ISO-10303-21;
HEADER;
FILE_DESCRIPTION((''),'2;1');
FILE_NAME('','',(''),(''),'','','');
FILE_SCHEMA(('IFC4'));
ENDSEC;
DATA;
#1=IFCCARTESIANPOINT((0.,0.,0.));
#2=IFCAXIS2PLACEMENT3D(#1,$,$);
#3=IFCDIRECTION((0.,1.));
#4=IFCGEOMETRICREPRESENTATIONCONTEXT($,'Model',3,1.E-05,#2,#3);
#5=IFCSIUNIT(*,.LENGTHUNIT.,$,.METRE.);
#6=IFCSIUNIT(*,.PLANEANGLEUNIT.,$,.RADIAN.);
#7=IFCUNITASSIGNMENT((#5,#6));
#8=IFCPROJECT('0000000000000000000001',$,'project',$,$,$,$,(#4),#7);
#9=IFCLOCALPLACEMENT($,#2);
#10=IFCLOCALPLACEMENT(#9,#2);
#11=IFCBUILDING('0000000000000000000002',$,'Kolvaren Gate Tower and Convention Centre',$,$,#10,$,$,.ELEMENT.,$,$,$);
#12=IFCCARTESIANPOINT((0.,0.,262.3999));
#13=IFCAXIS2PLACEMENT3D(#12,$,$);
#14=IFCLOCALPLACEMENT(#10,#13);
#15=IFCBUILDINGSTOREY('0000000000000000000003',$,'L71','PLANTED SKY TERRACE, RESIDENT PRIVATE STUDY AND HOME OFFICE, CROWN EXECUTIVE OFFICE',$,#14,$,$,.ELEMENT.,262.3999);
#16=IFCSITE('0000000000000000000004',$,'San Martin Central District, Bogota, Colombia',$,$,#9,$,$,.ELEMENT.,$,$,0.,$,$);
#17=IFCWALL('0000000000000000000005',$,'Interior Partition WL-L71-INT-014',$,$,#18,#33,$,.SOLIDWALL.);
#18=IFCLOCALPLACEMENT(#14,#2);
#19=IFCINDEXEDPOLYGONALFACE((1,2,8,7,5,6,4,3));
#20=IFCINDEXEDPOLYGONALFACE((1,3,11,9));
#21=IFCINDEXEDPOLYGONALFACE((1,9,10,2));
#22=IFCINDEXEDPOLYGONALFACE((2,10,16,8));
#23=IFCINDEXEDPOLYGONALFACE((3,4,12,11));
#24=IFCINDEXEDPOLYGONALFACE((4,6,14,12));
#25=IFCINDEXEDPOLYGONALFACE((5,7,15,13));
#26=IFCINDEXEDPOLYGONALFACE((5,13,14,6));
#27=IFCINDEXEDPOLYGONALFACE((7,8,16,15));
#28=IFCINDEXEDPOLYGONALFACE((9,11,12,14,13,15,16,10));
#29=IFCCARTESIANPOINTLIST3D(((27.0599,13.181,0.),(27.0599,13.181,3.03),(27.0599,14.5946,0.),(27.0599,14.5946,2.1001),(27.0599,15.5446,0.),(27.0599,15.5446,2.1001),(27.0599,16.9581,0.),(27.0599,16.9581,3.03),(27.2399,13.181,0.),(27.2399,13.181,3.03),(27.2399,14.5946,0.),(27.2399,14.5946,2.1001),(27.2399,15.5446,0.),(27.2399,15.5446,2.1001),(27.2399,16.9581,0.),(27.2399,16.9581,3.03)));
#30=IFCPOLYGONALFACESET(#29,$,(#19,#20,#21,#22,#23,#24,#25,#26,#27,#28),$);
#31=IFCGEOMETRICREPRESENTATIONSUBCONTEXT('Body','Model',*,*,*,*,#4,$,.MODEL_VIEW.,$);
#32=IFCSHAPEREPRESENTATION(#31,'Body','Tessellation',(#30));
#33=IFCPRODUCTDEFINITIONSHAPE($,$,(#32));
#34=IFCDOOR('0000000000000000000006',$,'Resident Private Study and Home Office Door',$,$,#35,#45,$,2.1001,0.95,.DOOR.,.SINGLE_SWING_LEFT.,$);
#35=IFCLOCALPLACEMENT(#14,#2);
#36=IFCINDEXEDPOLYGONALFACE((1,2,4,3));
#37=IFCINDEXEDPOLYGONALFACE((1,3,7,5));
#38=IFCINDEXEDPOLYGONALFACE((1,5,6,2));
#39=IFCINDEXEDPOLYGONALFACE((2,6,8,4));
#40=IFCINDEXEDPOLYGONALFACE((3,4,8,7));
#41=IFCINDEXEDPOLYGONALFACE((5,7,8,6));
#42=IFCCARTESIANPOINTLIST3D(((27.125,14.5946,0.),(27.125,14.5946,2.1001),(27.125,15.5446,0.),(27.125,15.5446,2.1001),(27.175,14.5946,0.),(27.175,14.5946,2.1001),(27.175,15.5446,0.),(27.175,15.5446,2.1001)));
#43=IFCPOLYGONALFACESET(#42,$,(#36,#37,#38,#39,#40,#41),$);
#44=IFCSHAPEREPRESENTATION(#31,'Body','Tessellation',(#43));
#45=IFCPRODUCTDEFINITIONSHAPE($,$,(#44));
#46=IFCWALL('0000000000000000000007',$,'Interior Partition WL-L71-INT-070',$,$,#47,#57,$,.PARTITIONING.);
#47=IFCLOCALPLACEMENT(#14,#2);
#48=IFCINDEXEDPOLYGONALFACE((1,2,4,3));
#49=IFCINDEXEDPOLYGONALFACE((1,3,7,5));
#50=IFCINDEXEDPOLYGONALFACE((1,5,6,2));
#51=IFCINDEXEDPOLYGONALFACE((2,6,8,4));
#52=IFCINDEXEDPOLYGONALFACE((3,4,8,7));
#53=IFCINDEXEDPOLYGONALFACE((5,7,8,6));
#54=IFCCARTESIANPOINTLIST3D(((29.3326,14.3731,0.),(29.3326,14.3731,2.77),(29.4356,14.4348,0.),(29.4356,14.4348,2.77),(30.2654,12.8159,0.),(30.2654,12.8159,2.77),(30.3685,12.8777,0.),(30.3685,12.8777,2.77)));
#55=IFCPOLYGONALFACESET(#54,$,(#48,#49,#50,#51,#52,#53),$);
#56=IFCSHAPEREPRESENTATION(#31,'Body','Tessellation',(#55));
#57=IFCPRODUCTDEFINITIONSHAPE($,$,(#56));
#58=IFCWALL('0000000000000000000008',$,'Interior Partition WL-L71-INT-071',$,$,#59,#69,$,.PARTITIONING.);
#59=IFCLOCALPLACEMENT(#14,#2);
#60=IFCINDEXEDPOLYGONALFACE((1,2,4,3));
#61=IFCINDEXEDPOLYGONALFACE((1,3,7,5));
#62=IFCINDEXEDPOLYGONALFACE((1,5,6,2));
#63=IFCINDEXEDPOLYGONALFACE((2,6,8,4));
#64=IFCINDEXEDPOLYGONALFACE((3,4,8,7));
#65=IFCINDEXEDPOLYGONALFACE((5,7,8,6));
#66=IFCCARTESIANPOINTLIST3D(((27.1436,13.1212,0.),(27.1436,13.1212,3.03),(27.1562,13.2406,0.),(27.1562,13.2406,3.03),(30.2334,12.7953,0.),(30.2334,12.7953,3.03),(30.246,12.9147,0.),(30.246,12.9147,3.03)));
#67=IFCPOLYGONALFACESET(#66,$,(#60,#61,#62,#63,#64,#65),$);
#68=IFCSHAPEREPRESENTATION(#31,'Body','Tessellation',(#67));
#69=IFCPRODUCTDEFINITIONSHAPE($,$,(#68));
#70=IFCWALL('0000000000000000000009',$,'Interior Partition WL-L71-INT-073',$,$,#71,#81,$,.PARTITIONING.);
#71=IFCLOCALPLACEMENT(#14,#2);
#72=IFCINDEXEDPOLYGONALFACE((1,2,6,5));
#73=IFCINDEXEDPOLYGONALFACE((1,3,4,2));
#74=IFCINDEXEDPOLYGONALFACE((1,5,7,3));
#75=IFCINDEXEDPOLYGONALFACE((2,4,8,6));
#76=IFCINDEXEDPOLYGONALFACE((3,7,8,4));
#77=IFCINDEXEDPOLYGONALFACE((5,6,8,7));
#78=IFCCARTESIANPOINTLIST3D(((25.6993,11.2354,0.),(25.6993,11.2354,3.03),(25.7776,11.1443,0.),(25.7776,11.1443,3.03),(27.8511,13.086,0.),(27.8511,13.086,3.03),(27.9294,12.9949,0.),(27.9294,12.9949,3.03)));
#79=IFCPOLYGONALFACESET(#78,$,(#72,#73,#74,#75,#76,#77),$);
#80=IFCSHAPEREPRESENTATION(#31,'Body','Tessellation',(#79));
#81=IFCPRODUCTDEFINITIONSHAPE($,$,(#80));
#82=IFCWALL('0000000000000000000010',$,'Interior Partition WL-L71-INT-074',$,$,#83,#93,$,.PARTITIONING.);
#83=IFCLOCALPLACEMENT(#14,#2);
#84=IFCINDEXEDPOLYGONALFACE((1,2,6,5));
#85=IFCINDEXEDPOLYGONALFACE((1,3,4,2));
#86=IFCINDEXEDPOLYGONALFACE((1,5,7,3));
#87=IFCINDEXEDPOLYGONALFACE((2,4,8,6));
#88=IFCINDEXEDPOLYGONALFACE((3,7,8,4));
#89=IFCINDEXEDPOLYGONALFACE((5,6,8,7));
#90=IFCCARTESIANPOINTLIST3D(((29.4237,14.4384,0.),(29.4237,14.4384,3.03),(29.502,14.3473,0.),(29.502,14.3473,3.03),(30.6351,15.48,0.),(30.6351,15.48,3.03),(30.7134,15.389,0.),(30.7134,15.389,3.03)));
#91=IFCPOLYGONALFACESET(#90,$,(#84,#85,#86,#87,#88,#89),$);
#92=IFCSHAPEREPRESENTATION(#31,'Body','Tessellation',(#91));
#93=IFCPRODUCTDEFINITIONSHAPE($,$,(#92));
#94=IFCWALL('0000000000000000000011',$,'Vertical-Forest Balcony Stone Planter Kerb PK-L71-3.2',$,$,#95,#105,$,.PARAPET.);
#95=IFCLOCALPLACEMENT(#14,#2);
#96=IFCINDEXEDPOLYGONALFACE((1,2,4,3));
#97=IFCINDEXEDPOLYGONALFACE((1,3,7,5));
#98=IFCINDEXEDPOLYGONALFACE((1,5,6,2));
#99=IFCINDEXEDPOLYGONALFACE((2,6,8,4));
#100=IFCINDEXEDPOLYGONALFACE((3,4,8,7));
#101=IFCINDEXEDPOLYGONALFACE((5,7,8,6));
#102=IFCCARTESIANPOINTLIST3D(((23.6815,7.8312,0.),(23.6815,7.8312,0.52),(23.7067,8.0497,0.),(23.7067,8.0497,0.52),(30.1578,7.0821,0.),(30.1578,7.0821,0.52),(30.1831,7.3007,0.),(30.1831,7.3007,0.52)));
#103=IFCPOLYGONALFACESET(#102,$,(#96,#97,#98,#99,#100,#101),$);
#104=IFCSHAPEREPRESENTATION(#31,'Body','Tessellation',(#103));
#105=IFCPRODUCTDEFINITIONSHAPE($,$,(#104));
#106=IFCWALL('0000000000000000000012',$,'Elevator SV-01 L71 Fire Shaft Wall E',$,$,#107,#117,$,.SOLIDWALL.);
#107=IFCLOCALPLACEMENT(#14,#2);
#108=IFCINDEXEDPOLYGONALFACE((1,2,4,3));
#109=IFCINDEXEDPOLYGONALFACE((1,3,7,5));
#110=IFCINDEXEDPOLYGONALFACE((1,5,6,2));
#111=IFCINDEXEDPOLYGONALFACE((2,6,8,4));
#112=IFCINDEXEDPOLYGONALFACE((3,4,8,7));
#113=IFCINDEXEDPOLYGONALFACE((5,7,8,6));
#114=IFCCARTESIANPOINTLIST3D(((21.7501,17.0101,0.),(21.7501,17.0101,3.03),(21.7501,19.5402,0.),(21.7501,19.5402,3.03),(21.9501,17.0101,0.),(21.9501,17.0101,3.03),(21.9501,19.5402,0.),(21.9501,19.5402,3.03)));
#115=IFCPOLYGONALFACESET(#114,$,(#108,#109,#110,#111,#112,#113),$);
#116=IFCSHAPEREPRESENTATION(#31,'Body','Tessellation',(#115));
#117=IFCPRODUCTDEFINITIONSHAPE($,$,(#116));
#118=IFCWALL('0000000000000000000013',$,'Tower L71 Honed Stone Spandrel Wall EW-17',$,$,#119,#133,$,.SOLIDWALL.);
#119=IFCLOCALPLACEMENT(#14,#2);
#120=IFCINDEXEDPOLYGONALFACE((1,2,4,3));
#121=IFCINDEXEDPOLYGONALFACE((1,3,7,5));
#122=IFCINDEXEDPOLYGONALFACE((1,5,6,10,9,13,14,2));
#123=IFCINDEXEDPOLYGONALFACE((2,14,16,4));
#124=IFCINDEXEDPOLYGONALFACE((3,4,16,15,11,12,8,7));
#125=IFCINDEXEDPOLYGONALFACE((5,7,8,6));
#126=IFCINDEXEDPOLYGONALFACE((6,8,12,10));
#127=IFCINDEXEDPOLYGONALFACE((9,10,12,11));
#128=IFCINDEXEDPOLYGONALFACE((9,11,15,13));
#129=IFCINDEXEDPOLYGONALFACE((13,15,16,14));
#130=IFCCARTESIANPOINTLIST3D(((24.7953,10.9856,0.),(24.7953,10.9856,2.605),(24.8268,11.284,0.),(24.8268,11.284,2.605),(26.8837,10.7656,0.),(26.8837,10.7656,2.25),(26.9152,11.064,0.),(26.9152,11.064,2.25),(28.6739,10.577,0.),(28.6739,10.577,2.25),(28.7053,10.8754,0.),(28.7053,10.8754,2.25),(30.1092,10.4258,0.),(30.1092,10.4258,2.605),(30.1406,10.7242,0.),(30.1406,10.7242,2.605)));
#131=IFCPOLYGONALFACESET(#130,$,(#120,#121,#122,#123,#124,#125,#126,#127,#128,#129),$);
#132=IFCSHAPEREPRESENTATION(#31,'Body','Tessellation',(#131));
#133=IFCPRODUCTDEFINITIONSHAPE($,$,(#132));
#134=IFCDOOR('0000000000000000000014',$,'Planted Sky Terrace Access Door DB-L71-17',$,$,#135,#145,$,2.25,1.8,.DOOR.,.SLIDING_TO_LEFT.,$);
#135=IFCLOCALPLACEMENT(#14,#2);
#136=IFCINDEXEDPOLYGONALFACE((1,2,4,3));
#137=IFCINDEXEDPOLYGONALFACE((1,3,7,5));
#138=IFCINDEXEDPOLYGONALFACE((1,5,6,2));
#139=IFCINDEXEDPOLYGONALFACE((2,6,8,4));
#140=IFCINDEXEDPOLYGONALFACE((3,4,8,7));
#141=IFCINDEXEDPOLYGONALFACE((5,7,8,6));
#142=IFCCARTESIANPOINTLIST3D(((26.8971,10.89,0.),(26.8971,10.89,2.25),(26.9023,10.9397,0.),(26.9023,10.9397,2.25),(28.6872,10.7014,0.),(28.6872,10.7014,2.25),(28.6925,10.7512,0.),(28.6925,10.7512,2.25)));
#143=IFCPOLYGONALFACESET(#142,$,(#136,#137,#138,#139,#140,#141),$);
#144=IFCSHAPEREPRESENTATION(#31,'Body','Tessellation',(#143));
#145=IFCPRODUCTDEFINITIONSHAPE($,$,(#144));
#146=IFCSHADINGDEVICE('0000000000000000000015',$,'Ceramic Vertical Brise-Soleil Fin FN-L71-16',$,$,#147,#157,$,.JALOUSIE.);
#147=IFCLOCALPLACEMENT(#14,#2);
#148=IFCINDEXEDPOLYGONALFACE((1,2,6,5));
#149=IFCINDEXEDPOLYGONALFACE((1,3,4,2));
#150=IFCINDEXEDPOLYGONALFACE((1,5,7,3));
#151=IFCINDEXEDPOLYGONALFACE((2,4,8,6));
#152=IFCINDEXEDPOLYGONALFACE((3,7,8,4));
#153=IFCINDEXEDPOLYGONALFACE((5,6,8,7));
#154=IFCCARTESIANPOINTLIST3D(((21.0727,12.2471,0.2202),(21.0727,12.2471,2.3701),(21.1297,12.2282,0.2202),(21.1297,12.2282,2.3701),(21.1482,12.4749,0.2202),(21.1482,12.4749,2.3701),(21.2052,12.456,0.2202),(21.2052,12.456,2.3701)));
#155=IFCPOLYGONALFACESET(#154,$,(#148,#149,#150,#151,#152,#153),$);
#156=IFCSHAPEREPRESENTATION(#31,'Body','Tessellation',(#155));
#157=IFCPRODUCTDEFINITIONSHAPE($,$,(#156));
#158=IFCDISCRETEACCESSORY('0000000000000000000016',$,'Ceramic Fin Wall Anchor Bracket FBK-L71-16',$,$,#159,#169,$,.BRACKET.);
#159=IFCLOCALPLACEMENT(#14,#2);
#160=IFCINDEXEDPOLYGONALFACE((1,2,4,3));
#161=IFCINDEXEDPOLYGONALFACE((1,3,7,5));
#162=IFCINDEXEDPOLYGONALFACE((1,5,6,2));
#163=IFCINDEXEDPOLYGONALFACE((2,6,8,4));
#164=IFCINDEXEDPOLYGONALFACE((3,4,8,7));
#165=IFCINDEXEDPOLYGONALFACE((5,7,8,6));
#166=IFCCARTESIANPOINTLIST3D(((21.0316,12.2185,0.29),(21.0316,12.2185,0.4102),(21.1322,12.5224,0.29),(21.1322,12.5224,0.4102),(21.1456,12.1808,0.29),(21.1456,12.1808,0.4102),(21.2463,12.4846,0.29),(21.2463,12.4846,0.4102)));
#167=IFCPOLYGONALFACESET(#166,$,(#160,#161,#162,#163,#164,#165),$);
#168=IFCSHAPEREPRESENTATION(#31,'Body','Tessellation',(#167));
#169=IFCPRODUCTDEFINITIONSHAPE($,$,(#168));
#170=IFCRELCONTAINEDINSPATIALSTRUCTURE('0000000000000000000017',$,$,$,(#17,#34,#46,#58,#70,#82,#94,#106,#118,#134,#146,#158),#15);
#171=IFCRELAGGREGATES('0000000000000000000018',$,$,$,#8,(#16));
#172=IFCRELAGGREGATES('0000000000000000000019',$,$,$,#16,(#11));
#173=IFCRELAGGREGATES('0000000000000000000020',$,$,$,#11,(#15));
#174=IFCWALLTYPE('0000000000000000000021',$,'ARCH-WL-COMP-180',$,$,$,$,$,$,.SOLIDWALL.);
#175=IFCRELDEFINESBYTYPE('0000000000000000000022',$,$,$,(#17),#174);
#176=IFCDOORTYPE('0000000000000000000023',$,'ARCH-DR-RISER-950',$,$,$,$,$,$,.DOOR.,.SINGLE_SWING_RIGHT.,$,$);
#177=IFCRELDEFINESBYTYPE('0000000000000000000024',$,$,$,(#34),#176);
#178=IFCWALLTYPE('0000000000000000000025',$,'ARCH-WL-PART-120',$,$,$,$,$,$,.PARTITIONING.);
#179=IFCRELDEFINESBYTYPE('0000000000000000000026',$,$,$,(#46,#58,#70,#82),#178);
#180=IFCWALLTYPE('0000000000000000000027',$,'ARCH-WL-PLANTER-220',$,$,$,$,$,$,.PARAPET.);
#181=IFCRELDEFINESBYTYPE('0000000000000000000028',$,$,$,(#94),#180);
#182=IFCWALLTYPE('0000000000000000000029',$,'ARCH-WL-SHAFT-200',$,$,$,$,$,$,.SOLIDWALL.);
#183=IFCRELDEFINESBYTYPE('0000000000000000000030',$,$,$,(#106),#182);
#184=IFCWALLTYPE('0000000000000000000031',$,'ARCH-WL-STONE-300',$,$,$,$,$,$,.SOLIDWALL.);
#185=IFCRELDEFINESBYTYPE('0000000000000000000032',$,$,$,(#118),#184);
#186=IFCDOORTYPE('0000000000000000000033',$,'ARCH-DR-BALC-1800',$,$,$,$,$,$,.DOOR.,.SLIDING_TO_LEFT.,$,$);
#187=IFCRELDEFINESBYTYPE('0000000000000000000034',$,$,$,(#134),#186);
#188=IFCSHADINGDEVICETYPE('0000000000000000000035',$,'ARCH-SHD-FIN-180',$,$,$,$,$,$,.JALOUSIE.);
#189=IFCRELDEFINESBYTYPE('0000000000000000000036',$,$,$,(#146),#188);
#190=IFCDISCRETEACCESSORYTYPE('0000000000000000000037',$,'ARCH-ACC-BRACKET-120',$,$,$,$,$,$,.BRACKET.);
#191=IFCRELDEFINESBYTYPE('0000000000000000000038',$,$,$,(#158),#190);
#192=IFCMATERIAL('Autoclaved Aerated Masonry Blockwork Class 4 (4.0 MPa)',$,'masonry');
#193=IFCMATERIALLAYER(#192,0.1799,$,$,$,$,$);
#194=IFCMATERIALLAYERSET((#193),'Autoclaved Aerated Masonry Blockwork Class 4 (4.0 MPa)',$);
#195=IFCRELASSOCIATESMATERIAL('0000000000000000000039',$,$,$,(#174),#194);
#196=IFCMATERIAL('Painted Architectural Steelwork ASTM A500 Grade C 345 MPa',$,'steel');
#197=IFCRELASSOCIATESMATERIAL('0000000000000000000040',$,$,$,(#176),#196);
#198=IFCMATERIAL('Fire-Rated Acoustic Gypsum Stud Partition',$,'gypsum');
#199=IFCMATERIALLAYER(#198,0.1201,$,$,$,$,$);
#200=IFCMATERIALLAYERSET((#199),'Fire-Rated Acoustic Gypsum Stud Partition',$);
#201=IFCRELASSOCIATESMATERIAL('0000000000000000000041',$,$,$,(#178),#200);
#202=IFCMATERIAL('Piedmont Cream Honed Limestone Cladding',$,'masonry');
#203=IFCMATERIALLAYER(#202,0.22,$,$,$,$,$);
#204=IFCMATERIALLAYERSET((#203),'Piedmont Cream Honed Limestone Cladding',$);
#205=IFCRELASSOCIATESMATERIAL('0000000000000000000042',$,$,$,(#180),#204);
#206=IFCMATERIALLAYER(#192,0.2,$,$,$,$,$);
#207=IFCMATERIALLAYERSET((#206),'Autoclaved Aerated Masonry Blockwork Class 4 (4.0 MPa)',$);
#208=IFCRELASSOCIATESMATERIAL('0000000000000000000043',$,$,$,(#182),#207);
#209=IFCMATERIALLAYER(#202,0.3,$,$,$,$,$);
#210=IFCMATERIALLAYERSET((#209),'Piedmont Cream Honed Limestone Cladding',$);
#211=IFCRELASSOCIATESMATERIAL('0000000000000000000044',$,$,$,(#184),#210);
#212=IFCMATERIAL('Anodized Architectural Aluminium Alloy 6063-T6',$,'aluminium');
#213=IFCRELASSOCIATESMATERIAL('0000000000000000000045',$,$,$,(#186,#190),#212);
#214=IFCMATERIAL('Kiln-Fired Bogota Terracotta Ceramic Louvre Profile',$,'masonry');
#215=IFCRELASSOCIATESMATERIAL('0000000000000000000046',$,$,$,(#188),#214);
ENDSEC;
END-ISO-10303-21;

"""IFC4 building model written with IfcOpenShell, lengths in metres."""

from ifc_helpers import new_model, si_unit, direction, frame, frame_2d, origin, origin_2d, place, context, subcontext, project, spatial, rectangle, extrude, material, layer, layer_set, type_object, element, fill, save


model = new_model("IFC4")

# Units and contexts
model_context = context("Model", 3, precision=1e-05, world=origin(), true_north=direction((0.0, 1.0)))
body_context = subcontext(model_context, "Body", "Model", "MODEL_VIEW")
ifc_project = project(units=[si_unit("LENGTHUNIT", "METRE"), si_unit("PLANEANGLEUNIT", "RADIAN")], contexts=[model_context])

# Site, building, storey
site_placement = place(None, origin())
site = spatial("IfcSite", under=ifc_project, at=site_placement, Name="San Martin Central District, Bogota, Colombia", CompositionType="ELEMENT", RefElevation=0.0)
building_placement = place(site_placement, origin())
building = spatial("IfcBuilding", under=site, at=building_placement, Name="Kolvaren Gate Tower and Convention Centre", CompositionType="ELEMENT")
storey_placement = place(building_placement, frame((0.0, 0.0, 262.3999)))
storey = spatial("IfcBuildingStorey", under=building, at=storey_placement, Name="L71", Description="PLANTED SKY TERRACE, RESIDENT PRIVATE STUDY AND HOME OFFICE, CROWN EXECUTIVE OFFICE", CompositionType="ELEMENT", Elevation=262.3999)

# Wall, opening, door
ifc_material_1 = material(Name="Autoclaved Aerated Masonry Blockwork Class 4 (4.0 MPa)", Category="masonry")
ifc_layer_1 = layer(ifc_material_1, 0.1799)
ifc_layer_set_1 = layer_set([ifc_layer_1], Name="Autoclaved Aerated Masonry Blockwork Class 4 (4.0 MPa)")
wall_type_1 = type_object("IfcWallType", Name="ARCH-WL-COMP-180", PredefinedType="SOLIDWALL", material=ifc_layer_set_1)
wall_1_placement = place(storey_placement, frame((27.1499, 13.1809, 0.0), z_axis=(0.0, 0.0, 1.0), x_axis=(0.0, 1.0, 0.0)))
wall_1 = element("IfcWall", 1, at=wall_1_placement, inside=storey, type_object=wall_type_1, Name="Interior Partition WL-L71-INT-014", PredefinedType="SOLIDWALL", context=body_context, shape_type="SweptSolid", body=[
    extrude(rectangle(XDim=3.7771, YDim=0.1799, at=frame_2d((1.8887, 0.0))), origin(), (0.0, 0.0, 1.0), 3.03),
])
opening_1_placement = place(wall_1_placement, frame((1.4136, 0.0, 0.0)))
opening_1 = element("IfcOpeningElement", 2, at=opening_1_placement, cuts=wall_1, PredefinedType="OPENING", context=body_context, shape_type="SweptSolid", body=[
    extrude(rectangle(XDim=0.95, YDim=2.1001, at=frame_2d((0.4751, 1.05))), frame((0.0, 0.0999, 0.0), z_axis=(0.0, -1.0, 0.0), x_axis=(1.0, 0.0, 0.0)), (0.0, 0.0, 1.0), 0.2),
])
ifc_material_2 = material(Name="Painted Architectural Steelwork ASTM A500 Grade C 345 MPa", Category="steel")
door_type_1 = type_object("IfcDoorType", Name="ARCH-DR-RISER-950", OperationType="SINGLE_SWING_RIGHT", PredefinedType="DOOR", material=ifc_material_2)
door_1_placement = place(opening_1_placement, origin())
door_1 = element("IfcDoor", 3, at=door_1_placement, inside=storey, type_object=door_type_1, Name="Resident Private Study and Home Office Door", OperationType="SINGLE_SWING_LEFT", OverallHeight=2.1001, OverallWidth=0.95, PredefinedType="DOOR", context=body_context, shape_type="SweptSolid", body=[
    extrude(rectangle(XDim=0.95, YDim=2.1001, at=frame_2d((0.4751, 1.05))), frame((0.0, 0.0249, 0.0), z_axis=(0.0, -1.0, 0.0), x_axis=(1.0, 0.0, 0.0)), (0.0, 0.0, 1.0), 0.05),
])
fill(opening_1, door_1)

# Walls
ifc_material_3 = material(Name="Fire-Rated Acoustic Gypsum Stud Partition", Category="gypsum")
ifc_layer_2 = layer(ifc_material_3, 0.1201)
ifc_layer_set_2 = layer_set([ifc_layer_2], Name="Fire-Rated Acoustic Gypsum Stud Partition")
wall_type_2 = type_object("IfcWallType", Name="ARCH-WL-PART-120", PredefinedType="PARTITIONING", material=ifc_layer_set_2)
wall_2_placement = place(storey_placement, frame((29.384, 14.4041, 0.0), z_axis=(0.0, 0.0, 1.0), x_axis=(0.513922, -0.857837, 0.0)))
element("IfcWall", 4, at=wall_2_placement, inside=storey, type_object=wall_type_2, Name="Interior Partition WL-L71-INT-070", PredefinedType="PARTITIONING", context=body_context, shape_type="SweptSolid", body=[
    extrude(rectangle(XDim=1.8152, YDim=0.1201, at=frame_2d((0.9077, 0.0))), origin(), (0.0, 0.0, 1.0), 2.77),
])
wall_3_placement = place(storey_placement, frame((27.1499, 13.1809, 0.0), z_axis=(0.0, 0.0, 1.0), x_axis=(0.994483, -0.104902, 0.0)))
element("IfcWall", 5, at=wall_3_placement, inside=storey, type_object=wall_type_2, Name="Interior Partition WL-L71-INT-071", PredefinedType="PARTITIONING", context=body_context, shape_type="SweptSolid", body=[
    extrude(rectangle(XDim=3.1069, YDim=0.1201, at=frame_2d((1.5535, 0.0))), origin(), (0.0, 0.0, 1.0), 3.03),
])
wall_4_placement = place(storey_placement, frame((25.7385, 11.1899, 0.0), z_axis=(0.0, 0.0, 1.0), x_axis=(0.758187, 0.652037, 0.0)))
element("IfcWall", 6, at=wall_4_placement, inside=storey, type_object=wall_type_2, Name="Interior Partition WL-L71-INT-073", PredefinedType="PARTITIONING", context=body_context, shape_type="SweptSolid", body=[
    extrude(rectangle(XDim=2.8381, YDim=0.1201, at=frame_2d((1.4189, 0.0))), origin(), (0.0, 0.0, 1.0), 3.03),
])
wall_5_placement = place(storey_placement, frame((29.4629, 14.3928, 0.0), z_axis=(0.0, 0.0, 1.0), x_axis=(0.758209, 0.652011, 0.0)))
element("IfcWall", 7, at=wall_5_placement, inside=storey, type_object=wall_type_2, Name="Interior Partition WL-L71-INT-074", PredefinedType="PARTITIONING", context=body_context, shape_type="SweptSolid", body=[
    extrude(rectangle(XDim=1.5977, YDim=0.1201, at=frame_2d((0.7988, 0.0))), origin(), (0.0, 0.0, 1.0), 3.03),
])
ifc_material_4 = material(Name="Piedmont Cream Honed Limestone Cladding", Category="masonry")
ifc_layer_3 = layer(ifc_material_4, 0.22)
ifc_layer_set_3 = layer_set([ifc_layer_3], Name="Piedmont Cream Honed Limestone Cladding")
wall_type_3 = type_object("IfcWallType", Name="ARCH-WL-PLANTER-220", PredefinedType="PARAPET", material=ifc_layer_set_3)
wall_6_placement = place(storey_placement, frame((23.6941, 7.9404, 0.0), z_axis=(0.0, 0.0, 1.0), x_axis=(0.993378, -0.11489, 0.0)))
element("IfcWall", 8, at=wall_6_placement, inside=storey, type_object=wall_type_3, Name="Vertical-Forest Balcony Stone Planter Kerb PK-L71-3.2", PredefinedType="PARAPET", context=body_context, shape_type="SweptSolid", body=[
    extrude(rectangle(XDim=6.5195, YDim=0.22, at=frame_2d((3.2598, 0.0))), origin(), (0.0, 0.0, 1.0), 0.52),
])
ifc_layer_4 = layer(ifc_material_1, 0.2)
ifc_layer_set_4 = layer_set([ifc_layer_4], Name="Autoclaved Aerated Masonry Blockwork Class 4 (4.0 MPa)")
wall_type_4 = type_object("IfcWallType", Name="ARCH-WL-SHAFT-200", PredefinedType="SOLIDWALL", material=ifc_layer_set_4)
wall_7_placement = place(storey_placement, frame((21.8501, 17.01, 0.0), z_axis=(0.0, 0.0, 1.0), x_axis=(0.0, 1.0, 0.0)))
element("IfcWall", 9, at=wall_7_placement, inside=storey, type_object=wall_type_4, Name="Elevator SV-01 L71 Fire Shaft Wall E", PredefinedType="SOLIDWALL", context=body_context, shape_type="SweptSolid", body=[
    extrude(rectangle(XDim=2.53, YDim=0.2, at=frame_2d((1.2651, 0.0))), origin(), (0.0, 0.0, 1.0), 3.03),
])

# Wall, opening, door
ifc_layer_5 = layer(ifc_material_4, 0.3)
ifc_layer_set_5 = layer_set([ifc_layer_5], Name="Piedmont Cream Honed Limestone Cladding")
wall_type_5 = type_object("IfcWallType", Name="ARCH-WL-STONE-300", PredefinedType="SOLIDWALL", material=ifc_layer_set_5)
wall_8_placement = place(storey_placement, frame((24.811, 11.1348, 0.0), z_axis=(0.0, 0.0, 1.0), x_axis=(0.994497, -0.104768, 0.0)))
wall_8 = element("IfcWall", 10, at=wall_8_placement, inside=storey, type_object=wall_type_5, Name="Tower L71 Honed Stone Spandrel Wall EW-17", PredefinedType="SOLIDWALL", context=body_context, shape_type="SweptSolid", body=[
    extrude(rectangle(XDim=5.3433, YDim=0.3, at=frame_2d((2.6716, 0.0))), origin(), (0.0, 0.0, 1.0), 2.605),
])
opening_2_placement = place(wall_8_placement, frame((2.1001, 0.0, 0.0)))
opening_2 = element("IfcOpeningElement", 11, at=opening_2_placement, cuts=wall_8, PredefinedType="OPENING", context=body_context, shape_type="SweptSolid", body=[
    extrude(rectangle(XDim=1.8, YDim=2.25, at=frame_2d((0.8999, 1.125))), frame((0.0, 0.1599, 0.0), z_axis=(0.0, -1.0, 0.0), x_axis=(1.0, 0.0, 0.0)), (0.0, 0.0, 1.0), 0.3201),
])
ifc_material_5 = material(Name="Anodized Architectural Aluminium Alloy 6063-T6", Category="aluminium")
door_type_2 = type_object("IfcDoorType", Name="ARCH-DR-BALC-1800", OperationType="SLIDING_TO_LEFT", PredefinedType="DOOR", material=ifc_material_5)
door_2_placement = place(opening_2_placement, frame((1.8, 0.0, 0.0), z_axis=(0.0, 0.0, 1.0), x_axis=(-1.0, 0.0, 0.0)))
door_2 = element("IfcDoor", 12, at=door_2_placement, inside=storey, type_object=door_type_2, Name="Planted Sky Terrace Access Door DB-L71-17", OperationType="SLIDING_TO_LEFT", OverallHeight=2.25, OverallWidth=1.8, PredefinedType="DOOR", context=body_context, shape_type="SweptSolid", body=[
    extrude(rectangle(XDim=1.8, YDim=2.25, at=frame_2d((0.8999, 1.125))), frame((0.0, 0.0249, 0.0), z_axis=(0.0, -1.0, 0.0), x_axis=(1.0, 0.0, 0.0)), (0.0, 0.0, 1.0), 0.05),
])
fill(opening_2, door_2)

# Shading device
ifc_material_6 = material(Name="Kiln-Fired Bogota Terracotta Ceramic Louvre Profile", Category="masonry")
shading_device_type = type_object("IfcShadingDeviceType", Name="ARCH-SHD-FIN-180", PredefinedType="JALOUSIE", material=ifc_material_6)
shading_device_placement = place(storey_placement, frame((21.1389, 12.3516, 0.2202), z_axis=(0.0, 0.0, 1.0), x_axis=(0.949243, -0.314543, 0.0)))
element("IfcShadingDevice", 13, at=shading_device_placement, inside=storey, type_object=shading_device_type, Name="Ceramic Vertical Brise-Soleil Fin FN-L71-16", PredefinedType="JALOUSIE", context=body_context, shape_type="SweptSolid", body=[
    extrude(rectangle(XDim=0.0601, YDim=0.24, at=origin_2d()), origin(), (0.0, 0.0, 1.0), 2.1499),
])

# Discrete accessory
discrete_accessory_type = type_object("IfcDiscreteAccessoryType", Name="ARCH-ACC-BRACKET-120", PredefinedType="BRACKET", material=ifc_material_5)
discrete_accessory_placement = place(storey_placement, frame((21.1389, 12.3516, 0.29), z_axis=(0.0, 0.0, 1.0), x_axis=(0.949243, -0.314543, 0.0)))
element("IfcDiscreteAccessory", 14, at=discrete_accessory_placement, inside=storey, type_object=discrete_accessory_type, Name="Ceramic Fin Wall Anchor Bracket FBK-L71-16", PredefinedType="BRACKET", context=body_context, shape_type="SweptSolid", body=[
    extrude(rectangle(XDim=0.1201, YDim=0.3201, at=origin_2d()), origin(), (0.0, 0.0, 1.0), 0.1201),
])

save(model, "model.ifc")
